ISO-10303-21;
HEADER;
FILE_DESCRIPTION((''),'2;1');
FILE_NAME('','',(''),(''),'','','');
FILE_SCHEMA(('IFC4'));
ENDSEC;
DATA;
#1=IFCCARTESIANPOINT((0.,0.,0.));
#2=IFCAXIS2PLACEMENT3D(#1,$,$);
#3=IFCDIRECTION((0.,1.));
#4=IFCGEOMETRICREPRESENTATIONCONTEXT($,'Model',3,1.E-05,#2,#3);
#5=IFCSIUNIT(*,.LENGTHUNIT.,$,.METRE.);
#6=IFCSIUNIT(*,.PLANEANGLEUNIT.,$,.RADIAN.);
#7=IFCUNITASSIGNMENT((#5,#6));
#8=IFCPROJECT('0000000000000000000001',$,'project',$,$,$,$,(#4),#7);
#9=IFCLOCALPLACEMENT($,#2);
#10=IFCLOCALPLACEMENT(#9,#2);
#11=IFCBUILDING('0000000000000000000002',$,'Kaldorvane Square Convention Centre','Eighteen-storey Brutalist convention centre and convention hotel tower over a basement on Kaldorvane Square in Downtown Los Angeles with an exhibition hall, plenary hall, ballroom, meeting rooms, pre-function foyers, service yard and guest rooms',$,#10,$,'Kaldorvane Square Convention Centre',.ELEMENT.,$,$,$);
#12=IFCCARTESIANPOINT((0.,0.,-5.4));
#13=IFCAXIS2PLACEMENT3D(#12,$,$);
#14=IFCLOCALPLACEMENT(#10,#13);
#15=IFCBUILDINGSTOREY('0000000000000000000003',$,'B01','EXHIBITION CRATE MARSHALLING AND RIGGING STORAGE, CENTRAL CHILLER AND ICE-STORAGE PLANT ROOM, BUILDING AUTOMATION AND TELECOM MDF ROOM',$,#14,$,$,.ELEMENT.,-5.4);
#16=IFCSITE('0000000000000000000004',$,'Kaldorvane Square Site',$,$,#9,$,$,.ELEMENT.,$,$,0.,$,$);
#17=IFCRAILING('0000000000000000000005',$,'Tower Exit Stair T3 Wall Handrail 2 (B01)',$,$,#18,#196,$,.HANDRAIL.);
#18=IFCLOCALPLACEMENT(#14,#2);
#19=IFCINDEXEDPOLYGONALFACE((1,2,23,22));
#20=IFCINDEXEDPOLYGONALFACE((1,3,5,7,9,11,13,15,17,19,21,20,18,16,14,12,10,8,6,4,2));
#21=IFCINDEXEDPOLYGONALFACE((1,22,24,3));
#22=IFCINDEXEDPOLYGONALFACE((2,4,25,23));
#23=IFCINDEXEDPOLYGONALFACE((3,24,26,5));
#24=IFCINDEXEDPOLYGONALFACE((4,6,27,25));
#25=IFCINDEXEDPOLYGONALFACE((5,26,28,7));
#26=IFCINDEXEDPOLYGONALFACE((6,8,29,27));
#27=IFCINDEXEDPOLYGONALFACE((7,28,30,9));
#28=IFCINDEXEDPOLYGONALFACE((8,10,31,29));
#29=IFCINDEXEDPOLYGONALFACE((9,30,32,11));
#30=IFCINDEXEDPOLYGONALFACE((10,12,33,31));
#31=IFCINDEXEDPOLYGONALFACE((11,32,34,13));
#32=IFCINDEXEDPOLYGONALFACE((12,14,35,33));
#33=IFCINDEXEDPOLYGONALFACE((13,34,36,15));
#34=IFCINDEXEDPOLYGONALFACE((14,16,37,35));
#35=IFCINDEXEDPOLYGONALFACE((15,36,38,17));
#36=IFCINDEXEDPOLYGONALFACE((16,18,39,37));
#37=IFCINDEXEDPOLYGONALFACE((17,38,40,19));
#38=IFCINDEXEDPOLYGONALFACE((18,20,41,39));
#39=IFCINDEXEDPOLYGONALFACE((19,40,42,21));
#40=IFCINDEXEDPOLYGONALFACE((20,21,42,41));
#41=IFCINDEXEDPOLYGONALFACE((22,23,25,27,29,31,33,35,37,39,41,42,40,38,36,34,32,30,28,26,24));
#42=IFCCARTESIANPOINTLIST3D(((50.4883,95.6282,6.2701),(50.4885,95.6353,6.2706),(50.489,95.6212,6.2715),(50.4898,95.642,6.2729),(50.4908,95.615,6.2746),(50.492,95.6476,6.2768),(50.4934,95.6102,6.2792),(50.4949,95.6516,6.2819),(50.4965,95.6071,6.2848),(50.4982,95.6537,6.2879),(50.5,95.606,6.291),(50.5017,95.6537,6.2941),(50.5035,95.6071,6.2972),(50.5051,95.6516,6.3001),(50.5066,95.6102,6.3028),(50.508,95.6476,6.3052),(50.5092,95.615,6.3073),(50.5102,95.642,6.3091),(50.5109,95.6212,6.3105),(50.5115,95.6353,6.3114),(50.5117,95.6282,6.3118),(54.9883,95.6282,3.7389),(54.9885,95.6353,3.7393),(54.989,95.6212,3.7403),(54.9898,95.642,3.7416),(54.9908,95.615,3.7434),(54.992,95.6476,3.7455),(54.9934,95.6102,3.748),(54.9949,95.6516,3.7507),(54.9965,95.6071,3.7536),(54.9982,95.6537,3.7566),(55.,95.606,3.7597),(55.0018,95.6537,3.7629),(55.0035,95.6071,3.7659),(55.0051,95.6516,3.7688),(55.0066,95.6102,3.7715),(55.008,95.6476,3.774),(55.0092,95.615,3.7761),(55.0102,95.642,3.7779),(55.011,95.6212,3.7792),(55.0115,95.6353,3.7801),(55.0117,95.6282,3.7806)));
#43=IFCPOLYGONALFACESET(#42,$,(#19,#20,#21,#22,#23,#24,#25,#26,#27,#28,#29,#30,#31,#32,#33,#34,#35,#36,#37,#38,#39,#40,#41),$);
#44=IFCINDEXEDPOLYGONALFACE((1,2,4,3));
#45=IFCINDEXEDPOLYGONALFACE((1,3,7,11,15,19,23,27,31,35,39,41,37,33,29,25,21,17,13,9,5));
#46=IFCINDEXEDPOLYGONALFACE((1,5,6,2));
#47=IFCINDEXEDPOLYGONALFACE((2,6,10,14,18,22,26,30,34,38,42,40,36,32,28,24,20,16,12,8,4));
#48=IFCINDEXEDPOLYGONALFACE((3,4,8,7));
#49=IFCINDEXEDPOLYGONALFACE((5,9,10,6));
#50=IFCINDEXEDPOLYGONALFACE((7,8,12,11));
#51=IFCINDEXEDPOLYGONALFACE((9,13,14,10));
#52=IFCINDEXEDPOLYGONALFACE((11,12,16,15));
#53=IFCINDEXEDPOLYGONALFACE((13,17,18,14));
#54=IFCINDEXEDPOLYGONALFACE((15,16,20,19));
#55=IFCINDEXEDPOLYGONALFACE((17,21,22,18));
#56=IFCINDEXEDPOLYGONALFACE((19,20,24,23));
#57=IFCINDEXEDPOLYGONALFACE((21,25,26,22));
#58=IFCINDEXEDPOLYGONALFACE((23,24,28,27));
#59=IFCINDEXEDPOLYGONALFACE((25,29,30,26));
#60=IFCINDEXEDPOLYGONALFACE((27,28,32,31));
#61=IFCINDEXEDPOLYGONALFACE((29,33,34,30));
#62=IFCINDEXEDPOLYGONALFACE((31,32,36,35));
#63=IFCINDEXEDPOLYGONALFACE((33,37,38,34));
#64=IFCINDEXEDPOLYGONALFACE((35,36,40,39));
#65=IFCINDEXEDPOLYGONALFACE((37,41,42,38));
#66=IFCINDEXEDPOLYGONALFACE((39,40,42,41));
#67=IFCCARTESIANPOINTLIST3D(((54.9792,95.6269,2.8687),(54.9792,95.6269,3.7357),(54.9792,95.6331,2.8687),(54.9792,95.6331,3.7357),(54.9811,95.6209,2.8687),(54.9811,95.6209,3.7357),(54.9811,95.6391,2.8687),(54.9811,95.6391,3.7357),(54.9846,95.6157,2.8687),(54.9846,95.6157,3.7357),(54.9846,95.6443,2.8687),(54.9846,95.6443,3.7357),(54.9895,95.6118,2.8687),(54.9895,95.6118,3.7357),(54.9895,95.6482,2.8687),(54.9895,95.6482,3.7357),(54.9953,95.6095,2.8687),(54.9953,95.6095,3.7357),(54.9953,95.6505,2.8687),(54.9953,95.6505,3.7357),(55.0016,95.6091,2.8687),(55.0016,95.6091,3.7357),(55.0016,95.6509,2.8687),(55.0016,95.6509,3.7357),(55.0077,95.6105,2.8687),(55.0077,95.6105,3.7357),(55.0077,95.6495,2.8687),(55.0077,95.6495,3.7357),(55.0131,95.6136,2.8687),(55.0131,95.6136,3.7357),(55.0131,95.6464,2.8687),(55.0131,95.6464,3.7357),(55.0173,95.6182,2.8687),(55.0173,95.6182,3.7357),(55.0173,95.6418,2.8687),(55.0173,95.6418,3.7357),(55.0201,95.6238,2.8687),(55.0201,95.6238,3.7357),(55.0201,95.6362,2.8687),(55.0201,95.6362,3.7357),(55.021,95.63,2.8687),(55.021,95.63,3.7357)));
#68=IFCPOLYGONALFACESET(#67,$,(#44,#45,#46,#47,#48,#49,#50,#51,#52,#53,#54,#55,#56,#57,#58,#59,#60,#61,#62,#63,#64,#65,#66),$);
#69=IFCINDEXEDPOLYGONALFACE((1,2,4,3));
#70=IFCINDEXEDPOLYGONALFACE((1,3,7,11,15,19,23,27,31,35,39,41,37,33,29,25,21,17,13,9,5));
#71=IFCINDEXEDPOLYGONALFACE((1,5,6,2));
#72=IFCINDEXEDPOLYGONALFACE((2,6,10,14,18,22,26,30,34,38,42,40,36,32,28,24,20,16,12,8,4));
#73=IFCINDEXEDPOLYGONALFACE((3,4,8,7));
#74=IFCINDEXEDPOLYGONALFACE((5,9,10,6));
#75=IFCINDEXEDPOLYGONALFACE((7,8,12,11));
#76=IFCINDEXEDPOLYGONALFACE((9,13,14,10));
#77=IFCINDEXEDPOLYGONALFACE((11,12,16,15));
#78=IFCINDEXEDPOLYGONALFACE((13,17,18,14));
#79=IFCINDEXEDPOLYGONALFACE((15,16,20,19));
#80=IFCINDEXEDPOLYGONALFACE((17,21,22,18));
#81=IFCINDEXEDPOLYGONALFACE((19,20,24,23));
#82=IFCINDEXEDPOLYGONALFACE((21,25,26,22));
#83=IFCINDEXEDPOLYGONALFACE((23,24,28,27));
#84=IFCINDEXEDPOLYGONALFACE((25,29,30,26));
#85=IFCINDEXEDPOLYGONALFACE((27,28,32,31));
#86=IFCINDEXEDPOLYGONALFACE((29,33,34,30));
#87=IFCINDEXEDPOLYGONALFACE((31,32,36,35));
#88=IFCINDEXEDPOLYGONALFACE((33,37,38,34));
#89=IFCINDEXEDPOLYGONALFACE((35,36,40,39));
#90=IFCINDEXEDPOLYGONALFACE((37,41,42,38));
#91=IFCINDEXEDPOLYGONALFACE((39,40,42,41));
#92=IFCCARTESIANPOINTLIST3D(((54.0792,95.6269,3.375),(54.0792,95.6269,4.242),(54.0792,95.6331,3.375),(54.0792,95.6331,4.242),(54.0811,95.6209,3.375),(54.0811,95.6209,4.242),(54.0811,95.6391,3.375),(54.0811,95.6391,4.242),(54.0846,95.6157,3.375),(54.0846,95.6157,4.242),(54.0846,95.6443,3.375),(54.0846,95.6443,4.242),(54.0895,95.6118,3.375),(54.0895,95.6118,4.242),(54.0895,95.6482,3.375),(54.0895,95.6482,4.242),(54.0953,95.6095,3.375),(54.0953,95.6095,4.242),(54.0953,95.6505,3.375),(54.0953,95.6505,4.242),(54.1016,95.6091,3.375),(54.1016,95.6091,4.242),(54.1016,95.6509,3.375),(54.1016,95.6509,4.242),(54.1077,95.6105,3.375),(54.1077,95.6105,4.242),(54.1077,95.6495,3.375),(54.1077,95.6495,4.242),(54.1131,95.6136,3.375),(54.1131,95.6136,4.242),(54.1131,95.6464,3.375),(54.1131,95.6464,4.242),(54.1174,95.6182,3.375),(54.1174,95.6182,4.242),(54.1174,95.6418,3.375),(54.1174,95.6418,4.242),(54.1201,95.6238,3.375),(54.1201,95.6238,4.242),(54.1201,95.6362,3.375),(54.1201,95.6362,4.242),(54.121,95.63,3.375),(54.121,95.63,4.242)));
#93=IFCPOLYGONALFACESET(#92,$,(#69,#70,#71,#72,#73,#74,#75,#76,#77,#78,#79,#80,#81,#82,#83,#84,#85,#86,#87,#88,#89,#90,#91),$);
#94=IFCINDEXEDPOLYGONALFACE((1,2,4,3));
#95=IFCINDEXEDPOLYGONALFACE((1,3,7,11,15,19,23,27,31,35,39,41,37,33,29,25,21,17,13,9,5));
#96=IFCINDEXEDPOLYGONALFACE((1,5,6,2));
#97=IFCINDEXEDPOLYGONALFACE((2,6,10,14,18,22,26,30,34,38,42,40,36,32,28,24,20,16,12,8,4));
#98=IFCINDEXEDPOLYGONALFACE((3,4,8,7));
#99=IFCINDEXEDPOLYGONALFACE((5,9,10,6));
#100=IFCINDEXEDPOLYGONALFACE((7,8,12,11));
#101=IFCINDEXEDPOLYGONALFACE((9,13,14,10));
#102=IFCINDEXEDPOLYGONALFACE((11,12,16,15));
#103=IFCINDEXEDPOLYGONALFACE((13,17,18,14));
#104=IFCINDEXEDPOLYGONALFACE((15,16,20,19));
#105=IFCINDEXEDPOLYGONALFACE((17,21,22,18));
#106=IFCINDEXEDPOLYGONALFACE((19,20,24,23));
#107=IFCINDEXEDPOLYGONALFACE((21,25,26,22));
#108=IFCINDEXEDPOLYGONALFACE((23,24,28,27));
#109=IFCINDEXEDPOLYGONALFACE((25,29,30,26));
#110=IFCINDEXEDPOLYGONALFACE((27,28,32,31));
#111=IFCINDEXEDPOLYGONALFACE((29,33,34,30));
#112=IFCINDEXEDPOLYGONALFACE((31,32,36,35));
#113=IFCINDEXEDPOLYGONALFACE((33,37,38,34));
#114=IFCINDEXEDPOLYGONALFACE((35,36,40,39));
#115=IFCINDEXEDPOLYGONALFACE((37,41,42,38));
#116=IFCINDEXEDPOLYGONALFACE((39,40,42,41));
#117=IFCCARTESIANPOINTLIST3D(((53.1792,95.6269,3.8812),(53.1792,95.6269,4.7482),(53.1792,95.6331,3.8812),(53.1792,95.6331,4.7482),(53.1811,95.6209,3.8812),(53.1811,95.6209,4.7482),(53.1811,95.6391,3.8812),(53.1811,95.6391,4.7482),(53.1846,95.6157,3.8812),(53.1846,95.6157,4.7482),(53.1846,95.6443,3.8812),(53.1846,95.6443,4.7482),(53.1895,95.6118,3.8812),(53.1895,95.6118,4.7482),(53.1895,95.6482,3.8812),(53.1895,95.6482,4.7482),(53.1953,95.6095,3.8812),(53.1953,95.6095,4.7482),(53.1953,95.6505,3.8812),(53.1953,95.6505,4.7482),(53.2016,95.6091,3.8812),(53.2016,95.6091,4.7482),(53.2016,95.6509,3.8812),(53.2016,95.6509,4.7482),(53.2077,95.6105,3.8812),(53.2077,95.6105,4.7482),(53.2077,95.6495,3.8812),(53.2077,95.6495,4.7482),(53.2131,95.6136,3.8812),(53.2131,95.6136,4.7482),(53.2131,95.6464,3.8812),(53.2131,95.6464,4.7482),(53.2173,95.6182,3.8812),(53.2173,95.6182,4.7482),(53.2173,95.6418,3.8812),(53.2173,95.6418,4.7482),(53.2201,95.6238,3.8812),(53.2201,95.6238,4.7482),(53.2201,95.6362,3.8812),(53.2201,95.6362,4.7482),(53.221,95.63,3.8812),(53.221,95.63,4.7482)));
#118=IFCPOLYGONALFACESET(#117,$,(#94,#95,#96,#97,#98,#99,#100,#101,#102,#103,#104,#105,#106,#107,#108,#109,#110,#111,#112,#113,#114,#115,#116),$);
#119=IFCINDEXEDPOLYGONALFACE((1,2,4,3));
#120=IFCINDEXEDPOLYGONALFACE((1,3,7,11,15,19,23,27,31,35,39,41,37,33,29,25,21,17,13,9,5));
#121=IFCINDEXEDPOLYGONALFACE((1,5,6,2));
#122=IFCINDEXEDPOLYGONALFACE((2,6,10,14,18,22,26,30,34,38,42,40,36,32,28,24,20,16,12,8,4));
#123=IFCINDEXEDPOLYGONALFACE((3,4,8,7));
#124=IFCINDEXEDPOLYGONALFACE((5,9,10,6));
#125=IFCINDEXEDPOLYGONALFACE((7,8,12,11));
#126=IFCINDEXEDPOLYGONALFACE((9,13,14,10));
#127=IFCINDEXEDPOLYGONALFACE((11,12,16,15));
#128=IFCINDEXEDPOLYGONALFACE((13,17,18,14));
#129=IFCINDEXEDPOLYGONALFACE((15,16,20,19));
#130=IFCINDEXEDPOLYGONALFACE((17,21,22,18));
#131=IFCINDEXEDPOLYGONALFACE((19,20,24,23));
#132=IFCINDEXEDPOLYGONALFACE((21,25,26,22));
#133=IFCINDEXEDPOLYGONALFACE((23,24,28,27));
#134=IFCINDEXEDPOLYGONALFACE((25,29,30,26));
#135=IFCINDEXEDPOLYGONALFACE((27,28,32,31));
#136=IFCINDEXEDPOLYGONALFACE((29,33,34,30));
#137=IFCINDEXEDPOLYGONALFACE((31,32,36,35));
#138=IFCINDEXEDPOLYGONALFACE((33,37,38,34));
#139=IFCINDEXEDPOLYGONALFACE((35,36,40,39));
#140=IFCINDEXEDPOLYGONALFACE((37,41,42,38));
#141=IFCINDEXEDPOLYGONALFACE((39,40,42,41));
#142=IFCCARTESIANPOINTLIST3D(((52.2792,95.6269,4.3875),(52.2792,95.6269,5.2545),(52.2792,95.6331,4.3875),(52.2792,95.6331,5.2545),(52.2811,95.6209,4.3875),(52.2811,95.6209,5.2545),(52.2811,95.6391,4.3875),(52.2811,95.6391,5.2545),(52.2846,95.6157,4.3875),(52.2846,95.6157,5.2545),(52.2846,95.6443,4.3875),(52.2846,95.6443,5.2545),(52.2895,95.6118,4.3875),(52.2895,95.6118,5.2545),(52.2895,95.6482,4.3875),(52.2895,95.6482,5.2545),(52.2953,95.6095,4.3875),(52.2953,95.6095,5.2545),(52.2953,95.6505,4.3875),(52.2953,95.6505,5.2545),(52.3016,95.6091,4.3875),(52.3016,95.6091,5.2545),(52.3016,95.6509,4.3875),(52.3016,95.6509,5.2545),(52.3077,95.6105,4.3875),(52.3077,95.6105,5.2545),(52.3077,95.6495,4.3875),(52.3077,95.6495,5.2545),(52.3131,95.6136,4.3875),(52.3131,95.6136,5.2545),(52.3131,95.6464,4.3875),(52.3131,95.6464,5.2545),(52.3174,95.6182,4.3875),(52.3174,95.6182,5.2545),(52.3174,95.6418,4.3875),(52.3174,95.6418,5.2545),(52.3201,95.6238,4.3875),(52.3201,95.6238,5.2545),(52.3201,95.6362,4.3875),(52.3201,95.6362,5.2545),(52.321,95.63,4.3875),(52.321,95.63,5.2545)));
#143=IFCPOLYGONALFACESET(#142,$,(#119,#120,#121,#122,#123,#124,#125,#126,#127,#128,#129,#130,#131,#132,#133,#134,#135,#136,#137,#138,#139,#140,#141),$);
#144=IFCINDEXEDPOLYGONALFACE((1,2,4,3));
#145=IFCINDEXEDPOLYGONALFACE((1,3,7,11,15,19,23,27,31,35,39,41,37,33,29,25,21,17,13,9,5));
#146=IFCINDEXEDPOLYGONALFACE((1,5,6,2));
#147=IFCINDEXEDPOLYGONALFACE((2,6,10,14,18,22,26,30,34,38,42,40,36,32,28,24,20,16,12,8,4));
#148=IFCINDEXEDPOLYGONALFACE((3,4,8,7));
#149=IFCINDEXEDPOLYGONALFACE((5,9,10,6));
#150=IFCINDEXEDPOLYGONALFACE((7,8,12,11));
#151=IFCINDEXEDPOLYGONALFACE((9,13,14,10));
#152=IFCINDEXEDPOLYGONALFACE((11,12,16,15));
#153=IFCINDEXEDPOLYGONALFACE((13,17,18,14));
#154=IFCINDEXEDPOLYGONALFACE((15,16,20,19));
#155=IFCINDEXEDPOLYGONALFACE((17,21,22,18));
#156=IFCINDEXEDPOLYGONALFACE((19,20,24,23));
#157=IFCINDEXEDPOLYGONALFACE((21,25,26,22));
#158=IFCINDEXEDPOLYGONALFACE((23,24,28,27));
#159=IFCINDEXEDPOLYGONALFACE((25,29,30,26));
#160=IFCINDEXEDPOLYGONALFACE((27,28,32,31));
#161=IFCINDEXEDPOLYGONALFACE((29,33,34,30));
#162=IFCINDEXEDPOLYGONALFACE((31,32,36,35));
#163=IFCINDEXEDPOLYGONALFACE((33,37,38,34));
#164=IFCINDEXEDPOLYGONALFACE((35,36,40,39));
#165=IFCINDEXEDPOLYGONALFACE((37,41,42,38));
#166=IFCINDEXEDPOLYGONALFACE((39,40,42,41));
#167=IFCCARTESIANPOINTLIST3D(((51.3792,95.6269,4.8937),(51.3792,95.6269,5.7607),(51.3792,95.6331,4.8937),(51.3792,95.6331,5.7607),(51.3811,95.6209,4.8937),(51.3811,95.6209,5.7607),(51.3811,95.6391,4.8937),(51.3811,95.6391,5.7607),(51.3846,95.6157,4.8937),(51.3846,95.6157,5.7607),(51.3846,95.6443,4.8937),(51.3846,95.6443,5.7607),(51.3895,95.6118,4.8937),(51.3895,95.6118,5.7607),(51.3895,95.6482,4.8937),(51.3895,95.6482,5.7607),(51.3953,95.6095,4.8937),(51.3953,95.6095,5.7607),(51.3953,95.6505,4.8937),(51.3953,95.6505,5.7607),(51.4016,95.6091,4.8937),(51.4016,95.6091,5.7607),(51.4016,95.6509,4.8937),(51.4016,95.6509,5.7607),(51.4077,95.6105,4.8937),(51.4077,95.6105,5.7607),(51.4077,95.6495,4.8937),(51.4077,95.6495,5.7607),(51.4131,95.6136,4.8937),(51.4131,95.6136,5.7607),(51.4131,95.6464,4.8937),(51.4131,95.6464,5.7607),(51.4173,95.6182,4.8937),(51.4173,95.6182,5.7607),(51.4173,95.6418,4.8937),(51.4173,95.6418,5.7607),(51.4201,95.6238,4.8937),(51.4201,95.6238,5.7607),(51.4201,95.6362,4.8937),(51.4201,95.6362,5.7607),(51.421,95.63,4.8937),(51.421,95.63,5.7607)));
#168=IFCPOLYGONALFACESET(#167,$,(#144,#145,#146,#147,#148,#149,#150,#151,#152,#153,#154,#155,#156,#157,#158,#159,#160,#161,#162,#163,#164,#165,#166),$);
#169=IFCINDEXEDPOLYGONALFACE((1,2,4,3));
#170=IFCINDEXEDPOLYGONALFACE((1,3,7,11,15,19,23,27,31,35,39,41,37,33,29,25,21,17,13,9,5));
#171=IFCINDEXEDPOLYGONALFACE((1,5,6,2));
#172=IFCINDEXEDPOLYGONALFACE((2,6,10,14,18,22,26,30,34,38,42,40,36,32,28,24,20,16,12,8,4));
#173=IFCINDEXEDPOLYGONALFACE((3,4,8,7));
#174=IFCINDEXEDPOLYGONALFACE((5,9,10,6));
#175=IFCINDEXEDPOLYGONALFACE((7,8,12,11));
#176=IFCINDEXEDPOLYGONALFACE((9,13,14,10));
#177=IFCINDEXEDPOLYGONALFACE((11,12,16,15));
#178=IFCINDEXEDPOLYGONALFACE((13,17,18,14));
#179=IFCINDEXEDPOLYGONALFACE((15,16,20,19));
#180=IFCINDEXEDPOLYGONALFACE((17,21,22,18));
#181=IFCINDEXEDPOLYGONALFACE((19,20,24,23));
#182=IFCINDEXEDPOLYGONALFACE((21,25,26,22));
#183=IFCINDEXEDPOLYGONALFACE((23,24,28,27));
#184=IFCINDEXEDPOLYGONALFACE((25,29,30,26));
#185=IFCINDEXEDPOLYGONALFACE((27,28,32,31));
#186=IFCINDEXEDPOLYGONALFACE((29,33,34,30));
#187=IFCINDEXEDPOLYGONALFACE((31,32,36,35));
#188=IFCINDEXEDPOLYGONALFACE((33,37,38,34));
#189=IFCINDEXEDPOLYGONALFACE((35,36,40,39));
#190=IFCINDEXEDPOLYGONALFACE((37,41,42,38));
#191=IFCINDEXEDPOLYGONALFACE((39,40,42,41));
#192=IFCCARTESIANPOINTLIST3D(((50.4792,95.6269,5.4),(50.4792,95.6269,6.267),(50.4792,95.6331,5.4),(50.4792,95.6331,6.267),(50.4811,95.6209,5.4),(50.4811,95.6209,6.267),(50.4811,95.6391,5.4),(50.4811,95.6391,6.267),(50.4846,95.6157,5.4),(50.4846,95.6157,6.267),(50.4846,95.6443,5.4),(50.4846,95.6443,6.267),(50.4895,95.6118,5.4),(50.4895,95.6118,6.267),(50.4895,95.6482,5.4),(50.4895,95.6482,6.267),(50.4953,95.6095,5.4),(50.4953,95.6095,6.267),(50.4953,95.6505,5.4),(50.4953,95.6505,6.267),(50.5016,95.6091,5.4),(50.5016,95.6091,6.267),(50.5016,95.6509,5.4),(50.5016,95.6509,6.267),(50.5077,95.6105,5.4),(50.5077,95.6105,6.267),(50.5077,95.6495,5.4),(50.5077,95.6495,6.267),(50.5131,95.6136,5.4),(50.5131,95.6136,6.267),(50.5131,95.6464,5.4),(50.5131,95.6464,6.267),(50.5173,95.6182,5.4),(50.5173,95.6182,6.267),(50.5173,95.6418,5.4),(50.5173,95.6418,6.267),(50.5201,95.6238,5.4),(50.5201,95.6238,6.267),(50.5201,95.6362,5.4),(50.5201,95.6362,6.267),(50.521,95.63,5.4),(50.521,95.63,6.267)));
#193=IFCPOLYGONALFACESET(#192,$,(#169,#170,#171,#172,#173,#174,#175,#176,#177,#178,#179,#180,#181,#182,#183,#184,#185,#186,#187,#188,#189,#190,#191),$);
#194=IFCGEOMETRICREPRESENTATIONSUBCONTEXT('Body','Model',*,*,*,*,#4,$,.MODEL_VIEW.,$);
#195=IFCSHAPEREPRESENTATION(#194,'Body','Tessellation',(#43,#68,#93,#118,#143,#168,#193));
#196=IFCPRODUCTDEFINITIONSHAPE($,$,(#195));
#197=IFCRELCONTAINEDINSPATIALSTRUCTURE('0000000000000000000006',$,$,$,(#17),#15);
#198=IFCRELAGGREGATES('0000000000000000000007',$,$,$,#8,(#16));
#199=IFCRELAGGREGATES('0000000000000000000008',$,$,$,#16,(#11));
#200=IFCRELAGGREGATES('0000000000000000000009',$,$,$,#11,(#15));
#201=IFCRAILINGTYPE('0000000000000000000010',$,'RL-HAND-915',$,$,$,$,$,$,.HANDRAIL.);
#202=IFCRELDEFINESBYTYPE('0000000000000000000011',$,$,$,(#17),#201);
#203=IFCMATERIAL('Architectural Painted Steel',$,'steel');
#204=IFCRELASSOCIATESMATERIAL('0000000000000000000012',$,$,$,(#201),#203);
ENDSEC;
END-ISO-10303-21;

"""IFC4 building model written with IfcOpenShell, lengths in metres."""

from ifc_helpers import new_model, si_unit, direction, frame, origin, origin_2d, place, context, subcontext, project, spatial, circle, extrude, material, type_object, element, save


model = new_model("IFC4")

# Units and contexts
model_context = context("Model", 3, precision=1e-05, world=origin(), true_north=direction((0.0, 1.0)))
body_context = subcontext(model_context, "Body", "Model", "MODEL_VIEW")
ifc_project = project(units=[si_unit("LENGTHUNIT", "METRE"), si_unit("PLANEANGLEUNIT", "RADIAN")], contexts=[model_context])

# Site, building, storey
site_placement = place(None, origin())
site = spatial("IfcSite", under=ifc_project, at=site_placement, Name="Kaldorvane Square Site", CompositionType="ELEMENT", RefElevation=0.0)
building_placement = place(site_placement, origin())
building = spatial("IfcBuilding", under=site, at=building_placement, Name="Kaldorvane Square Convention Centre", Description="Eighteen-storey Brutalist convention centre and convention hotel tower over a basement on Kaldorvane Square in Downtown Los Angeles with an exhibition hall, plenary hall, ballroom, meeting rooms, pre-function foyers, service yard and guest rooms", LongName="Kaldorvane Square Convention Centre", CompositionType="ELEMENT")
storey_placement = place(building_placement, frame((0.0, 0.0, -5.4)))
storey = spatial("IfcBuildingStorey", under=building, at=storey_placement, Name="B01", Description="EXHIBITION CRATE MARSHALLING AND RIGGING STORAGE, CENTRAL CHILLER AND ICE-STORAGE PLANT ROOM, BUILDING AUTOMATION AND TELECOM MDF ROOM", CompositionType="ELEMENT", Elevation=-5.4)

# Railing
ifc_material_1 = material(Name="Architectural Painted Steel", Category="steel")
railing_type_1 = type_object("IfcRailingType", Name="RL-HAND-915", PredefinedType="HANDRAIL", material=ifc_material_1)
railing_1_placement = place(storey_placement, frame((55.0, 95.63, 2.8687)))
element("IfcRailing", 1, at=railing_1_placement, inside=storey, type_object=railing_type_1, Name="Tower Exit Stair T3 Wall Handrail 2 (B01)", PredefinedType="HANDRAIL", context=body_context, shape_type="SweptSolid", body=[
    extrude(circle(Radius=0.024, at=origin_2d()), frame((0.0, 0.0, 0.891), z_axis=(-0.871576, 0.0, 0.490261), x_axis=(0.0, -1.0, 0.0)), (0.0, 0.0, 1.0), 5.1631),
    extrude(circle(Radius=0.021, at=origin_2d()), origin(), (0.0, 0.0, 1.0), 0.867),
    extrude(circle(Radius=0.021, at=origin_2d()), frame((-0.9, 0.0, 0.5063)), (0.0, 0.0, 1.0), 0.867),
    extrude(circle(Radius=0.021, at=origin_2d()), frame((-1.8, 0.0, 1.0125)), (0.0, 0.0, 1.0), 0.867),
    extrude(circle(Radius=0.021, at=origin_2d()), frame((-2.7, 0.0, 1.5188)), (0.0, 0.0, 1.0), 0.867),
    extrude(circle(Radius=0.021, at=origin_2d()), frame((-3.6, 0.0, 2.025)), (0.0, 0.0, 1.0), 0.867),
    extrude(circle(Radius=0.021, at=origin_2d()), frame((-4.5, 0.0, 2.5312)), (0.0, 0.0, 1.0), 0.867),
])

save(model, "model.ifc")
